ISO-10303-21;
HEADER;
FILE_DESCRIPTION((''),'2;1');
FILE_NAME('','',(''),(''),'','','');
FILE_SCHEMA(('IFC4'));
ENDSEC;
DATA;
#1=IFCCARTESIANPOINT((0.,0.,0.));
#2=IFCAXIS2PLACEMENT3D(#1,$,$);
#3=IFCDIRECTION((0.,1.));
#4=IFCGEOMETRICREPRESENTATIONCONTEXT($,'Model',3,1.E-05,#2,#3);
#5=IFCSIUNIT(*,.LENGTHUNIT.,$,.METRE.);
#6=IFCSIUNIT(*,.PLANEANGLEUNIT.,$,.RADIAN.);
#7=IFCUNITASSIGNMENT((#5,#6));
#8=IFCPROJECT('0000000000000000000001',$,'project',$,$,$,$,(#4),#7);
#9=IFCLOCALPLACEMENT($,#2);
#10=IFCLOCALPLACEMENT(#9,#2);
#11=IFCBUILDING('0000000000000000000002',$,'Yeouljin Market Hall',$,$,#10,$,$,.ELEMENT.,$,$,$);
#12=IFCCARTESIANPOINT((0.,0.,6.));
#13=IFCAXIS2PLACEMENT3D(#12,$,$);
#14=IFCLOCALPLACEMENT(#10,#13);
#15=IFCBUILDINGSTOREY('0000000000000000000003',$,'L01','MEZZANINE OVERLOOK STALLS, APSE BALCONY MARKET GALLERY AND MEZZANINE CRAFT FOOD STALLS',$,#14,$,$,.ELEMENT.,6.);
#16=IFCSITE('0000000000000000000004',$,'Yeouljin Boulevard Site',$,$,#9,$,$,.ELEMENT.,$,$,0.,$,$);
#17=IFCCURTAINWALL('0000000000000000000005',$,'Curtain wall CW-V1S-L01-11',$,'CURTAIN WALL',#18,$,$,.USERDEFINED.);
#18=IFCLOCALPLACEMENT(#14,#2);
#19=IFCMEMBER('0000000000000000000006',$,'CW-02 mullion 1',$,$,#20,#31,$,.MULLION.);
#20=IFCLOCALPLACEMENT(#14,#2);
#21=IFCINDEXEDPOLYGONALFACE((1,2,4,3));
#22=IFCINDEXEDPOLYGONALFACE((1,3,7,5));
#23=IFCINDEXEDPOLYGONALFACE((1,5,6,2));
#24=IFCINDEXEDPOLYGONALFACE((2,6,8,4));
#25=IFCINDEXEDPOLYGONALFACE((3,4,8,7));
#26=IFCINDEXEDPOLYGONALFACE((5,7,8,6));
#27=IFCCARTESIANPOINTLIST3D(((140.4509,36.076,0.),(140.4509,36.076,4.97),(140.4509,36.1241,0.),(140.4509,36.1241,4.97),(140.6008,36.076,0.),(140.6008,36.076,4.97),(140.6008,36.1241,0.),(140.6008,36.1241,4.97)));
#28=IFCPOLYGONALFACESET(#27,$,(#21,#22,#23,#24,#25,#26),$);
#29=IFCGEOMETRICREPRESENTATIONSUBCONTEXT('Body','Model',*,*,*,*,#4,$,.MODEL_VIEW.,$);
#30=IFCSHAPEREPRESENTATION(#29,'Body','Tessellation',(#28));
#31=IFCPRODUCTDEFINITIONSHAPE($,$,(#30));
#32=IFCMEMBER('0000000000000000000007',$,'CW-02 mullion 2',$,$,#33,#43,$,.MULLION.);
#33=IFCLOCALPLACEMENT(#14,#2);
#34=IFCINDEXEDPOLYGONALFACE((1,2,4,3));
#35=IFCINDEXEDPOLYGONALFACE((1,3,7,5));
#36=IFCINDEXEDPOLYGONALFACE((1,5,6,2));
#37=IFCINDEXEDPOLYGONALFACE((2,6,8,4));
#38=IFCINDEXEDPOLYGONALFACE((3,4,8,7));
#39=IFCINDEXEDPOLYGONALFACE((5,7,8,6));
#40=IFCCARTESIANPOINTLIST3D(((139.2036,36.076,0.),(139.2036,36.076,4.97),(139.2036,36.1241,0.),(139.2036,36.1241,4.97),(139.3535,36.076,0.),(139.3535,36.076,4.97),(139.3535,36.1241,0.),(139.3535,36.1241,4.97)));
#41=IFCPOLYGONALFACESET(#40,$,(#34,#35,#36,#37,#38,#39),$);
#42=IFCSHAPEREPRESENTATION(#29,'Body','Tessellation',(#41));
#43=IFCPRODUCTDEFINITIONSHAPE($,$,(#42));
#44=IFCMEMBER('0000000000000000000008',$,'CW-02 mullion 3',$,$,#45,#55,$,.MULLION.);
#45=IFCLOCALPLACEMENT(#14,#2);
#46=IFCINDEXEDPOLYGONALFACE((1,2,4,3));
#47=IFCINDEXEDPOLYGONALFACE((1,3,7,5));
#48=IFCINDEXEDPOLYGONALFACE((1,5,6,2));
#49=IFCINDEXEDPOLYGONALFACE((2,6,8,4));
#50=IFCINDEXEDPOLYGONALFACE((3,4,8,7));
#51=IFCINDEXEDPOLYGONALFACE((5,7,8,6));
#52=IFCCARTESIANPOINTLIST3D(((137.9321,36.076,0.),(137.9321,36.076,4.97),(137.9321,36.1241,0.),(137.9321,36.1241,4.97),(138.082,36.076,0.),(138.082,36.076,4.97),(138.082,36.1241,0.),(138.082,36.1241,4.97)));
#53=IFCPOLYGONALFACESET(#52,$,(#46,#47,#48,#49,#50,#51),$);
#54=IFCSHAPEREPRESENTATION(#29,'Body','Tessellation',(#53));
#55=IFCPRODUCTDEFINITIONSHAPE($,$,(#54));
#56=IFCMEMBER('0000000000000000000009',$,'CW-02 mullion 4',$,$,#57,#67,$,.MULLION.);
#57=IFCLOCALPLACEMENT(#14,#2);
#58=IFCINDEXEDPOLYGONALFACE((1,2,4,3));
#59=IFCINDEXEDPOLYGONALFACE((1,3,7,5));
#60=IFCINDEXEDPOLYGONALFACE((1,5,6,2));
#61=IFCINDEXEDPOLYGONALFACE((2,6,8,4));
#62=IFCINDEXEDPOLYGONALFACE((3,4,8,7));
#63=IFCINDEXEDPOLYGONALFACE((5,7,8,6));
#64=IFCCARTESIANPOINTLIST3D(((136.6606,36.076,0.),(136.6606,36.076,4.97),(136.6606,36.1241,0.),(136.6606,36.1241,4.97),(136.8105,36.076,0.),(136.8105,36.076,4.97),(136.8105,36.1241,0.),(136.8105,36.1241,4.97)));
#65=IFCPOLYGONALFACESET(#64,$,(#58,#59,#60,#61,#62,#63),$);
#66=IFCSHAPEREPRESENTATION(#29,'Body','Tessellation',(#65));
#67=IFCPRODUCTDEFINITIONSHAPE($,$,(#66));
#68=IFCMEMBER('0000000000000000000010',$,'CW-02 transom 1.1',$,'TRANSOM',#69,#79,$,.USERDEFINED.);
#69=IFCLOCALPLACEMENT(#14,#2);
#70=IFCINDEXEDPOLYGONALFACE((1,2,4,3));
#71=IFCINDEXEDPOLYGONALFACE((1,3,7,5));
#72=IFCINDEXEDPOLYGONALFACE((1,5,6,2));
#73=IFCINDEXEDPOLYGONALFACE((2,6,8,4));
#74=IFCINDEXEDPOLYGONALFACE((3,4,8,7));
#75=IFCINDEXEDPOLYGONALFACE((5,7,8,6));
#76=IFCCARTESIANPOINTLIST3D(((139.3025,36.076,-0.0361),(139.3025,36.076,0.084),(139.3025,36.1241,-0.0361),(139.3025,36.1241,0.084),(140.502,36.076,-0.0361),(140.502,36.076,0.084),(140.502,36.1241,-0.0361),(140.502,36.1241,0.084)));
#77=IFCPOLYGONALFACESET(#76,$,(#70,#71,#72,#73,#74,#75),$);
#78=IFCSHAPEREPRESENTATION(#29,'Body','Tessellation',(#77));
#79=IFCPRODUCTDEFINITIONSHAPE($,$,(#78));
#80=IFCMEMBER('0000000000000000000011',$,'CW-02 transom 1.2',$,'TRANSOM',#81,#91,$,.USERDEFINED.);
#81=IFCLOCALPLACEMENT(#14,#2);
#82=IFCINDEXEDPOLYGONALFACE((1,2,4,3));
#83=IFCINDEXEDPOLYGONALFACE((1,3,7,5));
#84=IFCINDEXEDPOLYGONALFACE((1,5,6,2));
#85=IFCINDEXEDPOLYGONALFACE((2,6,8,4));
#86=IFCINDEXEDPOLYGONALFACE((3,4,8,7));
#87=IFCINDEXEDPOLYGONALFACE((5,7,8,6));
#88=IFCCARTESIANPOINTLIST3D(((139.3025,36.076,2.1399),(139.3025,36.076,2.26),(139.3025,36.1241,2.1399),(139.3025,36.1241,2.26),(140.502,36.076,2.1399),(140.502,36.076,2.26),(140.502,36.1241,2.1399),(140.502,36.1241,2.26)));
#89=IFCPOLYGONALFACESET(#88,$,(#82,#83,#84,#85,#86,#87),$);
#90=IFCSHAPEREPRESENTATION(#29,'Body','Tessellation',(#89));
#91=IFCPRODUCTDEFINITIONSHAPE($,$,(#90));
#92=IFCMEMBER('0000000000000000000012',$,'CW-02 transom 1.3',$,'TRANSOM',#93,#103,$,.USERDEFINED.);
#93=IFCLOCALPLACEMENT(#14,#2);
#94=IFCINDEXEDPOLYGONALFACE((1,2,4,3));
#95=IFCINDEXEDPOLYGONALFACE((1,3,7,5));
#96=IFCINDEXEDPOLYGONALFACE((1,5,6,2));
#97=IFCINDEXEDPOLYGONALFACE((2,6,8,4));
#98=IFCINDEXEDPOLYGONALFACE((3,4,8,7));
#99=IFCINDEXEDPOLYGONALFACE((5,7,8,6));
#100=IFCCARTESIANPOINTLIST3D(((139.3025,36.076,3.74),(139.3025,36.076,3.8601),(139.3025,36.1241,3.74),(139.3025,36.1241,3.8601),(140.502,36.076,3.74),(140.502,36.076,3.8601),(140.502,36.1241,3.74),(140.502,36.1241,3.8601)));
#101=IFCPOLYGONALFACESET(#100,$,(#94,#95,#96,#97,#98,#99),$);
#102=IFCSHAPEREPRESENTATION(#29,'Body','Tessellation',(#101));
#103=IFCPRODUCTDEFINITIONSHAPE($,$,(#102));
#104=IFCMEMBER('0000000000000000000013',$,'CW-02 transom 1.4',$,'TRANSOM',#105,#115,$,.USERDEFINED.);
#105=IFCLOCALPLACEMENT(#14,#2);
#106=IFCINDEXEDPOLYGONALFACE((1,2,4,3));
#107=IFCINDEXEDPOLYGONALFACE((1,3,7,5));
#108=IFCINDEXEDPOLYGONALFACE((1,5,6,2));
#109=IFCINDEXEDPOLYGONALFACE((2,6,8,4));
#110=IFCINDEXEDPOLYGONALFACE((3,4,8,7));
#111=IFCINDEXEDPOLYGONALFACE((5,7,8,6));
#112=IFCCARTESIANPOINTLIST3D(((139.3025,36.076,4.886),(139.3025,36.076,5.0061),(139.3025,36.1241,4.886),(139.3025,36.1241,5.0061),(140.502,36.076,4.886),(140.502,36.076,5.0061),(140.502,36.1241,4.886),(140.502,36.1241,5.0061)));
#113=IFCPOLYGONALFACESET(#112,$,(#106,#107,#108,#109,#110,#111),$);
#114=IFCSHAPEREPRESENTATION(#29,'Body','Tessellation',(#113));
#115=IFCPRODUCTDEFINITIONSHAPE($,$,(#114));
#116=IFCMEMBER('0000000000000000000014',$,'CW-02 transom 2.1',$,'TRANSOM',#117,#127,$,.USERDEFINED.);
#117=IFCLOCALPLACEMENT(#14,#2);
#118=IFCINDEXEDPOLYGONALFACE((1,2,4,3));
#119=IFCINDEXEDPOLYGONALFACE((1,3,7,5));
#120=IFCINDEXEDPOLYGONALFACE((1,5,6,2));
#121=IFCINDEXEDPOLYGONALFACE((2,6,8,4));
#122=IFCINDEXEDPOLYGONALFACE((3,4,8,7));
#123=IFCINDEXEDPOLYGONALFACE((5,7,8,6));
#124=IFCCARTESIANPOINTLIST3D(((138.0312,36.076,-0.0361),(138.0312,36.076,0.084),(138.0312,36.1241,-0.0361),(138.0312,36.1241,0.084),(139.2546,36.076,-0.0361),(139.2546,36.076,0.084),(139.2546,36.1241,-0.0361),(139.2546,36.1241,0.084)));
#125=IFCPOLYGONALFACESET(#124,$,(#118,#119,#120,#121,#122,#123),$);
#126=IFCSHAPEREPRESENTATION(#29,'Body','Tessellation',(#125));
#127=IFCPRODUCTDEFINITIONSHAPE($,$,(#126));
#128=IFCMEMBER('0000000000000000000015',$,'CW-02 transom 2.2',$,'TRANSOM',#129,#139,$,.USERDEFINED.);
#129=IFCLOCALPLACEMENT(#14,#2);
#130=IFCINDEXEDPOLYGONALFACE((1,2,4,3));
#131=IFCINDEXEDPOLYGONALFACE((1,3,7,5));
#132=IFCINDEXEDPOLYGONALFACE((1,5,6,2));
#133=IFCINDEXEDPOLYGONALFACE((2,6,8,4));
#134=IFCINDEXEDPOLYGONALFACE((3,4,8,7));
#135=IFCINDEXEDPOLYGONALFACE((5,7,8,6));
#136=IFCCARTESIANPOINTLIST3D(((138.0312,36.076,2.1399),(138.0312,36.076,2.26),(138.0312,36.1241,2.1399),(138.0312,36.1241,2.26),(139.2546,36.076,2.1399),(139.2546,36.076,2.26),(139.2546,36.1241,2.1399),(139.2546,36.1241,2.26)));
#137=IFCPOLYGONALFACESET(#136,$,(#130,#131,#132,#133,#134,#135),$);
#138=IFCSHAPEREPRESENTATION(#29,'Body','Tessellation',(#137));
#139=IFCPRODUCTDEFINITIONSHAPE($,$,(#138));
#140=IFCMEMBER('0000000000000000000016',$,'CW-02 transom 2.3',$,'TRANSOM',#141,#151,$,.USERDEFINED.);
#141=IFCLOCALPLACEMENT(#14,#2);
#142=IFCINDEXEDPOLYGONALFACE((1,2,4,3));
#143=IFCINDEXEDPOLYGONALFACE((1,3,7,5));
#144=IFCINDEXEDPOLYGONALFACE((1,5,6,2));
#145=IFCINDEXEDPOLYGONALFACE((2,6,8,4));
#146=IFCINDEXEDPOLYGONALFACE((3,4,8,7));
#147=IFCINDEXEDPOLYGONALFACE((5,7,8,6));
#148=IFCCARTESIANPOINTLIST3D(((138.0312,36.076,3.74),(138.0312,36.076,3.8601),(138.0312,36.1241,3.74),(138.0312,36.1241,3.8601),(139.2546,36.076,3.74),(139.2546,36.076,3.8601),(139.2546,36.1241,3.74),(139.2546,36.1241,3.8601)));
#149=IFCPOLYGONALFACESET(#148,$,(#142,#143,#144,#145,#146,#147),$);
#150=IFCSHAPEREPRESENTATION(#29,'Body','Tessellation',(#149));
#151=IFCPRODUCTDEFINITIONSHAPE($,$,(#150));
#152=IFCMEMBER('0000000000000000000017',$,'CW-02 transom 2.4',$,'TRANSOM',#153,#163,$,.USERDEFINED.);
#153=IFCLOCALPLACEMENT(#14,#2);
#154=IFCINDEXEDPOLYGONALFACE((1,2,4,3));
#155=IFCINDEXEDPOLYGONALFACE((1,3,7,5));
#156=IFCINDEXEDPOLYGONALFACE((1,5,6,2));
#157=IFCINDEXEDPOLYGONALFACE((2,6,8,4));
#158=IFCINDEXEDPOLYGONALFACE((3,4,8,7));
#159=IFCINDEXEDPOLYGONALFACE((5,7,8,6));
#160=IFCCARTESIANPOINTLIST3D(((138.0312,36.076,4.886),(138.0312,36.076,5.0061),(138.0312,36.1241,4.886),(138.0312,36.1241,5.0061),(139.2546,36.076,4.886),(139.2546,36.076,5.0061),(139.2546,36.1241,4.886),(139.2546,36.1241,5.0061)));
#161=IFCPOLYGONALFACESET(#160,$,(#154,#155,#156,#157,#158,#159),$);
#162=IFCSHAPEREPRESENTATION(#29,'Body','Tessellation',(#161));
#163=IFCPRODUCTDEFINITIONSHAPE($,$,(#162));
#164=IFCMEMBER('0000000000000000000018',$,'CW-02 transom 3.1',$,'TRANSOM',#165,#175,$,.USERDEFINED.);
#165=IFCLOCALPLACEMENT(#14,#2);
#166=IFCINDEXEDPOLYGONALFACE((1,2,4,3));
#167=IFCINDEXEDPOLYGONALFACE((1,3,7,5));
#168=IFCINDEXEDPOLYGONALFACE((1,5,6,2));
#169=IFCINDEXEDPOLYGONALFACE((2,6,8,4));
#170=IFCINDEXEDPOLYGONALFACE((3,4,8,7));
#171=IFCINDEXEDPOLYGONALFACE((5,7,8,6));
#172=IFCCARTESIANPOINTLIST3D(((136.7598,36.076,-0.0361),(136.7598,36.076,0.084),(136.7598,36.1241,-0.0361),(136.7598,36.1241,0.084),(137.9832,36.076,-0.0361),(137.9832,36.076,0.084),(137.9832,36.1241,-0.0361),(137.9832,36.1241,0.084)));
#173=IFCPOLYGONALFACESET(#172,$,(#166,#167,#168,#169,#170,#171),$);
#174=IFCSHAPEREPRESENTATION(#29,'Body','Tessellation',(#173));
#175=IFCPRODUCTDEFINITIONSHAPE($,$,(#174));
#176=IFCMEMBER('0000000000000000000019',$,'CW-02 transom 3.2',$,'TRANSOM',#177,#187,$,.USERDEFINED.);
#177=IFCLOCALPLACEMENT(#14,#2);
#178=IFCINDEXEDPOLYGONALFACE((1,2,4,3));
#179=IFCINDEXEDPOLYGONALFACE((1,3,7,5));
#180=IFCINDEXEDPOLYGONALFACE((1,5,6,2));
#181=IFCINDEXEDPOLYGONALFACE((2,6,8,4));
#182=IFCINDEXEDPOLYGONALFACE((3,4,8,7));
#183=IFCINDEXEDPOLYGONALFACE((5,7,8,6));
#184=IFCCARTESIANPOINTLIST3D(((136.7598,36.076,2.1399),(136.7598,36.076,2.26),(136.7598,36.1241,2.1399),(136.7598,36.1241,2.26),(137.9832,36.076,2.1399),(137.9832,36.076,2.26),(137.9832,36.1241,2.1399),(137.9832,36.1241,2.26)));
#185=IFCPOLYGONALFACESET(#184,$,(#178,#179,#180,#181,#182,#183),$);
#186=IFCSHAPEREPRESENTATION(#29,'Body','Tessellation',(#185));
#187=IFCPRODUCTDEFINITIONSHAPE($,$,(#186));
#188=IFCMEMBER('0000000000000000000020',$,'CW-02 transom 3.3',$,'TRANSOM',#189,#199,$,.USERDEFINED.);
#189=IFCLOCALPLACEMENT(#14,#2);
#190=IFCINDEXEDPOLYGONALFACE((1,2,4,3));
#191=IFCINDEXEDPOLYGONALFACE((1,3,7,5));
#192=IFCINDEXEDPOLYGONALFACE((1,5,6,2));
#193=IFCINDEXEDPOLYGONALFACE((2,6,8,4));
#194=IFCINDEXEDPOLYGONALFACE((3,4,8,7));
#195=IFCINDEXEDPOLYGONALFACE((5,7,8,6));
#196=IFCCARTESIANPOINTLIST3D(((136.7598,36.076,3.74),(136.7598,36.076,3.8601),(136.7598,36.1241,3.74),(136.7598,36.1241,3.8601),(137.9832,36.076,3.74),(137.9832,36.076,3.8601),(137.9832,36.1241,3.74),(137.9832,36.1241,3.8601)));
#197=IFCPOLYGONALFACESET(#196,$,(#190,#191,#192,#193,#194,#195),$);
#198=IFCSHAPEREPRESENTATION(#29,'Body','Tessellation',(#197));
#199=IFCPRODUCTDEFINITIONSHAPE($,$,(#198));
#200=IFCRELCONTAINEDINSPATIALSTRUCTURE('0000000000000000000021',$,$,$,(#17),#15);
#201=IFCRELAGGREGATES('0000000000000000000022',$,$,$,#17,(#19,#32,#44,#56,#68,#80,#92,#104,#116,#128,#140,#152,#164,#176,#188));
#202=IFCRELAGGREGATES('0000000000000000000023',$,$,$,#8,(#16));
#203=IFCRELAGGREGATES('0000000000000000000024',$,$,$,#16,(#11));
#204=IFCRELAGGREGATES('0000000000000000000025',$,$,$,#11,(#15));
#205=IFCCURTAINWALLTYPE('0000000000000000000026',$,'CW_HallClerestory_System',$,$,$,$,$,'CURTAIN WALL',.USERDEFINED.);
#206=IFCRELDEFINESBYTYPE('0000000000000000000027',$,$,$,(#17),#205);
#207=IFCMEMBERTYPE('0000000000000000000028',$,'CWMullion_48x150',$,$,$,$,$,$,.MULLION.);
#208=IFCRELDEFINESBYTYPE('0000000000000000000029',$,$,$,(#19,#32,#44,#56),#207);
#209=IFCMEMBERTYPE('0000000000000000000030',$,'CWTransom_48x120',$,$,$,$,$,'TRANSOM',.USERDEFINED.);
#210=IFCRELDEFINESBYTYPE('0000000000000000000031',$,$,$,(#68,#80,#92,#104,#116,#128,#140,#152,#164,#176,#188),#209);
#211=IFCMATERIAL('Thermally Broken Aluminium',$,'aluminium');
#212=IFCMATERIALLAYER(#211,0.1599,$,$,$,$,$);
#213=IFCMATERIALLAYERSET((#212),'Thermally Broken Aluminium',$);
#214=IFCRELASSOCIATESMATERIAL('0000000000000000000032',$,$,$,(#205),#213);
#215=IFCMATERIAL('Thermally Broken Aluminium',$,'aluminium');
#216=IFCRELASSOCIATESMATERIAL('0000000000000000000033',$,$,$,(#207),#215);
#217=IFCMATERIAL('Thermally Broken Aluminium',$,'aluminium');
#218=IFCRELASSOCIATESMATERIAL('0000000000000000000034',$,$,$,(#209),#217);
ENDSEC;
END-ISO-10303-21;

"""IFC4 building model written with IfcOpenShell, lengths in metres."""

from ifc_helpers import new_model, si_unit, direction, frame, origin, origin_2d, place, context, subcontext, project, spatial, rectangle, extrude, material, layer, layer_set, material_profile, profile_set, type_object, element, aggregate, save


model = new_model("IFC4")

# Units and contexts
model_context = context("Model", 3, precision=1e-05, world=origin(), true_north=direction((0.0, 1.0)))
body_context = subcontext(model_context, "Body", "Model", "MODEL_VIEW")
ifc_project = project(units=[si_unit("LENGTHUNIT", "METRE"), si_unit("PLANEANGLEUNIT", "RADIAN")], contexts=[model_context])

# Site, building, storey
site_placement = place(None, origin())
site = spatial("IfcSite", under=ifc_project, at=site_placement, Name="Yeouljin Boulevard Site", CompositionType="ELEMENT", RefElevation=0.0)
building_placement = place(site_placement, origin())
building = spatial("IfcBuilding", under=site, at=building_placement, Name="Yeouljin Market Hall", CompositionType="ELEMENT")
storey_placement = place(building_placement, frame((0.0, 0.0, 6.0)))
storey = spatial("IfcBuildingStorey", under=building, at=storey_placement, Name="L01", Description="MEZZANINE OVERLOOK STALLS, APSE BALCONY MARKET GALLERY AND MEZZANINE CRAFT FOOD STALLS", CompositionType="ELEMENT", Elevation=6.0)

# Curtain wall, members
ifc_material_1 = material(Name="Thermally Broken Aluminium", Category="aluminium")
ifc_layer_1 = layer(ifc_material_1, 0.1599)
ifc_layer_set_1 = layer_set([ifc_layer_1], Name="Thermally Broken Aluminium")
curtain_wall_type = type_object("IfcCurtainWallType", Name="CW_HallClerestory_System", ElementType="CURTAIN WALL", PredefinedType="USERDEFINED", material=ifc_layer_set_1)
curtain_wall_placement = place(storey_placement, origin())
curtain_wall = element("IfcCurtainWall", 1, at=curtain_wall_placement, inside=storey, type_object=curtain_wall_type, Name="Curtain wall CW-V1S-L01-11", ObjectType="CURTAIN WALL", PredefinedType="USERDEFINED")
ifc_material_2 = material(Name="Thermally Broken Aluminium", Category="aluminium")
ifc_material_profile_1 = material_profile(ifc_material_2, rectangle(XDim=0.0481, YDim=0.1499, at=origin_2d()), Name="CW-MULL-48x150")
ifc_profile_set_1 = profile_set([ifc_material_profile_1], Name="Thermally Broken Aluminium")
member_type_1 = type_object("IfcMemberType", Name="CWMullion_48x150", PredefinedType="MULLION", material=ifc_profile_set_1)
member_1_placement = place(storey_placement, frame((140.5259, 36.1001, 0.0), z_axis=(0.0, 0.0, 1.0), x_axis=(0.0, -1.0, 0.0)))
member_1 = element("IfcMember", 2, at=member_1_placement, type_object=member_type_1, Name="CW-02 mullion 1", PredefinedType="MULLION", context=body_context, shape_type="SweptSolid", body=[
    extrude(rectangle(XDim=0.0481, YDim=0.1499, at=origin_2d()), origin(), (0.0, 0.0, 1.0), 4.97),
])
member_2_placement = place(storey_placement, frame((139.2786, 36.1001, 0.0), z_axis=(0.0, 0.0, 1.0), x_axis=(0.0, -1.0, 0.0)))
member_2 = element("IfcMember", 3, at=member_2_placement, type_object=member_type_1, Name="CW-02 mullion 2", PredefinedType="MULLION", context=body_context, shape_type="SweptSolid", body=[
    extrude(rectangle(XDim=0.0481, YDim=0.1499, at=origin_2d()), origin(), (0.0, 0.0, 1.0), 4.97),
])
member_3_placement = place(storey_placement, frame((138.0071, 36.1001, 0.0), z_axis=(0.0, 0.0, 1.0), x_axis=(0.0, -1.0, 0.0)))
member_3 = element("IfcMember", 4, at=member_3_placement, type_object=member_type_1, Name="CW-02 mullion 3", PredefinedType="MULLION", context=body_context, shape_type="SweptSolid", body=[
    extrude(rectangle(XDim=0.0481, YDim=0.1499, at=origin_2d()), origin(), (0.0, 0.0, 1.0), 4.97),
])
member_4_placement = place(storey_placement, frame((136.7356, 36.1001, 0.0), z_axis=(0.0, 0.0, 1.0), x_axis=(0.0, -1.0, 0.0)))
member_4 = element("IfcMember", 5, at=member_4_placement, type_object=member_type_1, Name="CW-02 mullion 4", PredefinedType="MULLION", context=body_context, shape_type="SweptSolid", body=[
    extrude(rectangle(XDim=0.0481, YDim=0.1499, at=origin_2d()), origin(), (0.0, 0.0, 1.0), 4.97),
])
ifc_material_3 = material(Name="Thermally Broken Aluminium", Category="aluminium")
ifc_material_profile_2 = material_profile(ifc_material_3, rectangle(XDim=0.0481, YDim=0.1201, at=origin_2d()), Name="CW-TRAN-48x120")
ifc_profile_set_2 = profile_set([ifc_material_profile_2], Name="Thermally Broken Aluminium")
member_type_2 = type_object("IfcMemberType", Name="CWTransom_48x120", ElementType="TRANSOM", PredefinedType="USERDEFINED", material=ifc_profile_set_2)
member_5_placement = place(storey_placement, frame((140.502, 36.1001, 0.0239), z_axis=(-1.0, 0.0, 0.0), x_axis=(0.0, -1.0, 0.0)))
member_5 = element("IfcMember", 6, at=member_5_placement, type_object=member_type_2, Name="CW-02 transom 1.1", ObjectType="TRANSOM", PredefinedType="USERDEFINED", context=body_context, shape_type="SweptSolid", body=[
    extrude(rectangle(XDim=0.0481, YDim=0.1201, at=origin_2d()), origin(), (0.0, 0.0, 1.0), 1.1995),
])
member_6_placement = place(storey_placement, frame((140.502, 36.1001, 2.2), z_axis=(-1.0, 0.0, 0.0), x_axis=(0.0, -1.0, 0.0)))
member_6 = element("IfcMember", 7, at=member_6_placement, type_object=member_type_2, Name="CW-02 transom 1.2", ObjectType="TRANSOM", PredefinedType="USERDEFINED", context=body_context, shape_type="SweptSolid", body=[
    extrude(rectangle(XDim=0.0481, YDim=0.1201, at=origin_2d()), origin(), (0.0, 0.0, 1.0), 1.1995),
])
member_7_placement = place(storey_placement, frame((140.502, 36.1001, 3.8), z_axis=(-1.0, 0.0, 0.0), x_axis=(0.0, -1.0, 0.0)))
member_7 = element("IfcMember", 8, at=member_7_placement, type_object=member_type_2, Name="CW-02 transom 1.3", ObjectType="TRANSOM", PredefinedType="USERDEFINED", context=body_context, shape_type="SweptSolid", body=[
    extrude(rectangle(XDim=0.0481, YDim=0.1201, at=origin_2d()), origin(), (0.0, 0.0, 1.0), 1.1995),
])
member_8_placement = place(storey_placement, frame((140.502, 36.1001, 4.946), z_axis=(-1.0, 0.0, 0.0), x_axis=(0.0, -1.0, 0.0)))
member_8 = element("IfcMember", 9, at=member_8_placement, type_object=member_type_2, Name="CW-02 transom 1.4", ObjectType="TRANSOM", PredefinedType="USERDEFINED", context=body_context, shape_type="SweptSolid", body=[
    extrude(rectangle(XDim=0.0481, YDim=0.1201, at=origin_2d()), origin(), (0.0, 0.0, 1.0), 1.1995),
])
member_9_placement = place(storey_placement, frame((139.2546, 36.1001, 0.0239), z_axis=(-1.0, 0.0, 0.0), x_axis=(0.0, -1.0, 0.0)))
member_9 = element("IfcMember", 10, at=member_9_placement, type_object=member_type_2, Name="CW-02 transom 2.1", ObjectType="TRANSOM", PredefinedType="USERDEFINED", context=body_context, shape_type="SweptSolid", body=[
    extrude(rectangle(XDim=0.0481, YDim=0.1201, at=origin_2d()), origin(), (0.0, 0.0, 1.0), 1.2234),
])
member_10_placement = place(storey_placement, frame((139.2546, 36.1001, 2.2), z_axis=(-1.0, 0.0, 0.0), x_axis=(0.0, -1.0, 0.0)))
member_10 = element("IfcMember", 11, at=member_10_placement, type_object=member_type_2, Name="CW-02 transom 2.2", ObjectType="TRANSOM", PredefinedType="USERDEFINED", context=body_context, shape_type="SweptSolid", body=[
    extrude(rectangle(XDim=0.0481, YDim=0.1201, at=origin_2d()), origin(), (0.0, 0.0, 1.0), 1.2234),
])
member_11_placement = place(storey_placement, frame((139.2546, 36.1001, 3.8), z_axis=(-1.0, 0.0, 0.0), x_axis=(0.0, -1.0, 0.0)))
member_11 = element("IfcMember", 12, at=member_11_placement, type_object=member_type_2, Name="CW-02 transom 2.3", ObjectType="TRANSOM", PredefinedType="USERDEFINED", context=body_context, shape_type="SweptSolid", body=[
    extrude(rectangle(XDim=0.0481, YDim=0.1201, at=origin_2d()), origin(), (0.0, 0.0, 1.0), 1.2234),
])
member_12_placement = place(storey_placement, frame((139.2546, 36.1001, 4.946), z_axis=(-1.0, 0.0, 0.0), x_axis=(0.0, -1.0, 0.0)))
member_12 = element("IfcMember", 13, at=member_12_placement, type_object=member_type_2, Name="CW-02 transom 2.4", ObjectType="TRANSOM", PredefinedType="USERDEFINED", context=body_context, shape_type="SweptSolid", body=[
    extrude(rectangle(XDim=0.0481, YDim=0.1201, at=origin_2d()), origin(), (0.0, 0.0, 1.0), 1.2234),
])
member_13_placement = place(storey_placement, frame((137.9832, 36.1001, 0.0239), z_axis=(-1.0, 0.0, 0.0), x_axis=(0.0, -1.0, 0.0)))
member_13 = element("IfcMember", 14, at=member_13_placement, type_object=member_type_2, Name="CW-02 transom 3.1", ObjectType="TRANSOM", PredefinedType="USERDEFINED", context=body_context, shape_type="SweptSolid", body=[
    extrude(rectangle(XDim=0.0481, YDim=0.1201, at=origin_2d()), origin(), (0.0, 0.0, 1.0), 1.2234),
])
member_14_placement = place(storey_placement, frame((137.9832, 36.1001, 2.2), z_axis=(-1.0, 0.0, 0.0), x_axis=(0.0, -1.0, 0.0)))
member_14 = element("IfcMember", 15, at=member_14_placement, type_object=member_type_2, Name="CW-02 transom 3.2", ObjectType="TRANSOM", PredefinedType="USERDEFINED", context=body_context, shape_type="SweptSolid", body=[
    extrude(rectangle(XDim=0.0481, YDim=0.1201, at=origin_2d()), origin(), (0.0, 0.0, 1.0), 1.2234),
])
member_15_placement = place(storey_placement, frame((137.9832, 36.1001, 3.8), z_axis=(-1.0, 0.0, 0.0), x_axis=(0.0, -1.0, 0.0)))
member_15 = element("IfcMember", 16, at=member_15_placement, type_object=member_type_2, Name="CW-02 transom 3.3", ObjectType="TRANSOM", PredefinedType="USERDEFINED", context=body_context, shape_type="SweptSolid", body=[
    extrude(rectangle(XDim=0.0481, YDim=0.1201, at=origin_2d()), origin(), (0.0, 0.0, 1.0), 1.2234),
])

aggregate(curtain_wall, [member_1, member_2, member_3, member_4, member_5, member_6, member_7, member_8, member_9, member_10, member_11, member_12, member_13, member_14, member_15])

save(model, "model.ifc")
